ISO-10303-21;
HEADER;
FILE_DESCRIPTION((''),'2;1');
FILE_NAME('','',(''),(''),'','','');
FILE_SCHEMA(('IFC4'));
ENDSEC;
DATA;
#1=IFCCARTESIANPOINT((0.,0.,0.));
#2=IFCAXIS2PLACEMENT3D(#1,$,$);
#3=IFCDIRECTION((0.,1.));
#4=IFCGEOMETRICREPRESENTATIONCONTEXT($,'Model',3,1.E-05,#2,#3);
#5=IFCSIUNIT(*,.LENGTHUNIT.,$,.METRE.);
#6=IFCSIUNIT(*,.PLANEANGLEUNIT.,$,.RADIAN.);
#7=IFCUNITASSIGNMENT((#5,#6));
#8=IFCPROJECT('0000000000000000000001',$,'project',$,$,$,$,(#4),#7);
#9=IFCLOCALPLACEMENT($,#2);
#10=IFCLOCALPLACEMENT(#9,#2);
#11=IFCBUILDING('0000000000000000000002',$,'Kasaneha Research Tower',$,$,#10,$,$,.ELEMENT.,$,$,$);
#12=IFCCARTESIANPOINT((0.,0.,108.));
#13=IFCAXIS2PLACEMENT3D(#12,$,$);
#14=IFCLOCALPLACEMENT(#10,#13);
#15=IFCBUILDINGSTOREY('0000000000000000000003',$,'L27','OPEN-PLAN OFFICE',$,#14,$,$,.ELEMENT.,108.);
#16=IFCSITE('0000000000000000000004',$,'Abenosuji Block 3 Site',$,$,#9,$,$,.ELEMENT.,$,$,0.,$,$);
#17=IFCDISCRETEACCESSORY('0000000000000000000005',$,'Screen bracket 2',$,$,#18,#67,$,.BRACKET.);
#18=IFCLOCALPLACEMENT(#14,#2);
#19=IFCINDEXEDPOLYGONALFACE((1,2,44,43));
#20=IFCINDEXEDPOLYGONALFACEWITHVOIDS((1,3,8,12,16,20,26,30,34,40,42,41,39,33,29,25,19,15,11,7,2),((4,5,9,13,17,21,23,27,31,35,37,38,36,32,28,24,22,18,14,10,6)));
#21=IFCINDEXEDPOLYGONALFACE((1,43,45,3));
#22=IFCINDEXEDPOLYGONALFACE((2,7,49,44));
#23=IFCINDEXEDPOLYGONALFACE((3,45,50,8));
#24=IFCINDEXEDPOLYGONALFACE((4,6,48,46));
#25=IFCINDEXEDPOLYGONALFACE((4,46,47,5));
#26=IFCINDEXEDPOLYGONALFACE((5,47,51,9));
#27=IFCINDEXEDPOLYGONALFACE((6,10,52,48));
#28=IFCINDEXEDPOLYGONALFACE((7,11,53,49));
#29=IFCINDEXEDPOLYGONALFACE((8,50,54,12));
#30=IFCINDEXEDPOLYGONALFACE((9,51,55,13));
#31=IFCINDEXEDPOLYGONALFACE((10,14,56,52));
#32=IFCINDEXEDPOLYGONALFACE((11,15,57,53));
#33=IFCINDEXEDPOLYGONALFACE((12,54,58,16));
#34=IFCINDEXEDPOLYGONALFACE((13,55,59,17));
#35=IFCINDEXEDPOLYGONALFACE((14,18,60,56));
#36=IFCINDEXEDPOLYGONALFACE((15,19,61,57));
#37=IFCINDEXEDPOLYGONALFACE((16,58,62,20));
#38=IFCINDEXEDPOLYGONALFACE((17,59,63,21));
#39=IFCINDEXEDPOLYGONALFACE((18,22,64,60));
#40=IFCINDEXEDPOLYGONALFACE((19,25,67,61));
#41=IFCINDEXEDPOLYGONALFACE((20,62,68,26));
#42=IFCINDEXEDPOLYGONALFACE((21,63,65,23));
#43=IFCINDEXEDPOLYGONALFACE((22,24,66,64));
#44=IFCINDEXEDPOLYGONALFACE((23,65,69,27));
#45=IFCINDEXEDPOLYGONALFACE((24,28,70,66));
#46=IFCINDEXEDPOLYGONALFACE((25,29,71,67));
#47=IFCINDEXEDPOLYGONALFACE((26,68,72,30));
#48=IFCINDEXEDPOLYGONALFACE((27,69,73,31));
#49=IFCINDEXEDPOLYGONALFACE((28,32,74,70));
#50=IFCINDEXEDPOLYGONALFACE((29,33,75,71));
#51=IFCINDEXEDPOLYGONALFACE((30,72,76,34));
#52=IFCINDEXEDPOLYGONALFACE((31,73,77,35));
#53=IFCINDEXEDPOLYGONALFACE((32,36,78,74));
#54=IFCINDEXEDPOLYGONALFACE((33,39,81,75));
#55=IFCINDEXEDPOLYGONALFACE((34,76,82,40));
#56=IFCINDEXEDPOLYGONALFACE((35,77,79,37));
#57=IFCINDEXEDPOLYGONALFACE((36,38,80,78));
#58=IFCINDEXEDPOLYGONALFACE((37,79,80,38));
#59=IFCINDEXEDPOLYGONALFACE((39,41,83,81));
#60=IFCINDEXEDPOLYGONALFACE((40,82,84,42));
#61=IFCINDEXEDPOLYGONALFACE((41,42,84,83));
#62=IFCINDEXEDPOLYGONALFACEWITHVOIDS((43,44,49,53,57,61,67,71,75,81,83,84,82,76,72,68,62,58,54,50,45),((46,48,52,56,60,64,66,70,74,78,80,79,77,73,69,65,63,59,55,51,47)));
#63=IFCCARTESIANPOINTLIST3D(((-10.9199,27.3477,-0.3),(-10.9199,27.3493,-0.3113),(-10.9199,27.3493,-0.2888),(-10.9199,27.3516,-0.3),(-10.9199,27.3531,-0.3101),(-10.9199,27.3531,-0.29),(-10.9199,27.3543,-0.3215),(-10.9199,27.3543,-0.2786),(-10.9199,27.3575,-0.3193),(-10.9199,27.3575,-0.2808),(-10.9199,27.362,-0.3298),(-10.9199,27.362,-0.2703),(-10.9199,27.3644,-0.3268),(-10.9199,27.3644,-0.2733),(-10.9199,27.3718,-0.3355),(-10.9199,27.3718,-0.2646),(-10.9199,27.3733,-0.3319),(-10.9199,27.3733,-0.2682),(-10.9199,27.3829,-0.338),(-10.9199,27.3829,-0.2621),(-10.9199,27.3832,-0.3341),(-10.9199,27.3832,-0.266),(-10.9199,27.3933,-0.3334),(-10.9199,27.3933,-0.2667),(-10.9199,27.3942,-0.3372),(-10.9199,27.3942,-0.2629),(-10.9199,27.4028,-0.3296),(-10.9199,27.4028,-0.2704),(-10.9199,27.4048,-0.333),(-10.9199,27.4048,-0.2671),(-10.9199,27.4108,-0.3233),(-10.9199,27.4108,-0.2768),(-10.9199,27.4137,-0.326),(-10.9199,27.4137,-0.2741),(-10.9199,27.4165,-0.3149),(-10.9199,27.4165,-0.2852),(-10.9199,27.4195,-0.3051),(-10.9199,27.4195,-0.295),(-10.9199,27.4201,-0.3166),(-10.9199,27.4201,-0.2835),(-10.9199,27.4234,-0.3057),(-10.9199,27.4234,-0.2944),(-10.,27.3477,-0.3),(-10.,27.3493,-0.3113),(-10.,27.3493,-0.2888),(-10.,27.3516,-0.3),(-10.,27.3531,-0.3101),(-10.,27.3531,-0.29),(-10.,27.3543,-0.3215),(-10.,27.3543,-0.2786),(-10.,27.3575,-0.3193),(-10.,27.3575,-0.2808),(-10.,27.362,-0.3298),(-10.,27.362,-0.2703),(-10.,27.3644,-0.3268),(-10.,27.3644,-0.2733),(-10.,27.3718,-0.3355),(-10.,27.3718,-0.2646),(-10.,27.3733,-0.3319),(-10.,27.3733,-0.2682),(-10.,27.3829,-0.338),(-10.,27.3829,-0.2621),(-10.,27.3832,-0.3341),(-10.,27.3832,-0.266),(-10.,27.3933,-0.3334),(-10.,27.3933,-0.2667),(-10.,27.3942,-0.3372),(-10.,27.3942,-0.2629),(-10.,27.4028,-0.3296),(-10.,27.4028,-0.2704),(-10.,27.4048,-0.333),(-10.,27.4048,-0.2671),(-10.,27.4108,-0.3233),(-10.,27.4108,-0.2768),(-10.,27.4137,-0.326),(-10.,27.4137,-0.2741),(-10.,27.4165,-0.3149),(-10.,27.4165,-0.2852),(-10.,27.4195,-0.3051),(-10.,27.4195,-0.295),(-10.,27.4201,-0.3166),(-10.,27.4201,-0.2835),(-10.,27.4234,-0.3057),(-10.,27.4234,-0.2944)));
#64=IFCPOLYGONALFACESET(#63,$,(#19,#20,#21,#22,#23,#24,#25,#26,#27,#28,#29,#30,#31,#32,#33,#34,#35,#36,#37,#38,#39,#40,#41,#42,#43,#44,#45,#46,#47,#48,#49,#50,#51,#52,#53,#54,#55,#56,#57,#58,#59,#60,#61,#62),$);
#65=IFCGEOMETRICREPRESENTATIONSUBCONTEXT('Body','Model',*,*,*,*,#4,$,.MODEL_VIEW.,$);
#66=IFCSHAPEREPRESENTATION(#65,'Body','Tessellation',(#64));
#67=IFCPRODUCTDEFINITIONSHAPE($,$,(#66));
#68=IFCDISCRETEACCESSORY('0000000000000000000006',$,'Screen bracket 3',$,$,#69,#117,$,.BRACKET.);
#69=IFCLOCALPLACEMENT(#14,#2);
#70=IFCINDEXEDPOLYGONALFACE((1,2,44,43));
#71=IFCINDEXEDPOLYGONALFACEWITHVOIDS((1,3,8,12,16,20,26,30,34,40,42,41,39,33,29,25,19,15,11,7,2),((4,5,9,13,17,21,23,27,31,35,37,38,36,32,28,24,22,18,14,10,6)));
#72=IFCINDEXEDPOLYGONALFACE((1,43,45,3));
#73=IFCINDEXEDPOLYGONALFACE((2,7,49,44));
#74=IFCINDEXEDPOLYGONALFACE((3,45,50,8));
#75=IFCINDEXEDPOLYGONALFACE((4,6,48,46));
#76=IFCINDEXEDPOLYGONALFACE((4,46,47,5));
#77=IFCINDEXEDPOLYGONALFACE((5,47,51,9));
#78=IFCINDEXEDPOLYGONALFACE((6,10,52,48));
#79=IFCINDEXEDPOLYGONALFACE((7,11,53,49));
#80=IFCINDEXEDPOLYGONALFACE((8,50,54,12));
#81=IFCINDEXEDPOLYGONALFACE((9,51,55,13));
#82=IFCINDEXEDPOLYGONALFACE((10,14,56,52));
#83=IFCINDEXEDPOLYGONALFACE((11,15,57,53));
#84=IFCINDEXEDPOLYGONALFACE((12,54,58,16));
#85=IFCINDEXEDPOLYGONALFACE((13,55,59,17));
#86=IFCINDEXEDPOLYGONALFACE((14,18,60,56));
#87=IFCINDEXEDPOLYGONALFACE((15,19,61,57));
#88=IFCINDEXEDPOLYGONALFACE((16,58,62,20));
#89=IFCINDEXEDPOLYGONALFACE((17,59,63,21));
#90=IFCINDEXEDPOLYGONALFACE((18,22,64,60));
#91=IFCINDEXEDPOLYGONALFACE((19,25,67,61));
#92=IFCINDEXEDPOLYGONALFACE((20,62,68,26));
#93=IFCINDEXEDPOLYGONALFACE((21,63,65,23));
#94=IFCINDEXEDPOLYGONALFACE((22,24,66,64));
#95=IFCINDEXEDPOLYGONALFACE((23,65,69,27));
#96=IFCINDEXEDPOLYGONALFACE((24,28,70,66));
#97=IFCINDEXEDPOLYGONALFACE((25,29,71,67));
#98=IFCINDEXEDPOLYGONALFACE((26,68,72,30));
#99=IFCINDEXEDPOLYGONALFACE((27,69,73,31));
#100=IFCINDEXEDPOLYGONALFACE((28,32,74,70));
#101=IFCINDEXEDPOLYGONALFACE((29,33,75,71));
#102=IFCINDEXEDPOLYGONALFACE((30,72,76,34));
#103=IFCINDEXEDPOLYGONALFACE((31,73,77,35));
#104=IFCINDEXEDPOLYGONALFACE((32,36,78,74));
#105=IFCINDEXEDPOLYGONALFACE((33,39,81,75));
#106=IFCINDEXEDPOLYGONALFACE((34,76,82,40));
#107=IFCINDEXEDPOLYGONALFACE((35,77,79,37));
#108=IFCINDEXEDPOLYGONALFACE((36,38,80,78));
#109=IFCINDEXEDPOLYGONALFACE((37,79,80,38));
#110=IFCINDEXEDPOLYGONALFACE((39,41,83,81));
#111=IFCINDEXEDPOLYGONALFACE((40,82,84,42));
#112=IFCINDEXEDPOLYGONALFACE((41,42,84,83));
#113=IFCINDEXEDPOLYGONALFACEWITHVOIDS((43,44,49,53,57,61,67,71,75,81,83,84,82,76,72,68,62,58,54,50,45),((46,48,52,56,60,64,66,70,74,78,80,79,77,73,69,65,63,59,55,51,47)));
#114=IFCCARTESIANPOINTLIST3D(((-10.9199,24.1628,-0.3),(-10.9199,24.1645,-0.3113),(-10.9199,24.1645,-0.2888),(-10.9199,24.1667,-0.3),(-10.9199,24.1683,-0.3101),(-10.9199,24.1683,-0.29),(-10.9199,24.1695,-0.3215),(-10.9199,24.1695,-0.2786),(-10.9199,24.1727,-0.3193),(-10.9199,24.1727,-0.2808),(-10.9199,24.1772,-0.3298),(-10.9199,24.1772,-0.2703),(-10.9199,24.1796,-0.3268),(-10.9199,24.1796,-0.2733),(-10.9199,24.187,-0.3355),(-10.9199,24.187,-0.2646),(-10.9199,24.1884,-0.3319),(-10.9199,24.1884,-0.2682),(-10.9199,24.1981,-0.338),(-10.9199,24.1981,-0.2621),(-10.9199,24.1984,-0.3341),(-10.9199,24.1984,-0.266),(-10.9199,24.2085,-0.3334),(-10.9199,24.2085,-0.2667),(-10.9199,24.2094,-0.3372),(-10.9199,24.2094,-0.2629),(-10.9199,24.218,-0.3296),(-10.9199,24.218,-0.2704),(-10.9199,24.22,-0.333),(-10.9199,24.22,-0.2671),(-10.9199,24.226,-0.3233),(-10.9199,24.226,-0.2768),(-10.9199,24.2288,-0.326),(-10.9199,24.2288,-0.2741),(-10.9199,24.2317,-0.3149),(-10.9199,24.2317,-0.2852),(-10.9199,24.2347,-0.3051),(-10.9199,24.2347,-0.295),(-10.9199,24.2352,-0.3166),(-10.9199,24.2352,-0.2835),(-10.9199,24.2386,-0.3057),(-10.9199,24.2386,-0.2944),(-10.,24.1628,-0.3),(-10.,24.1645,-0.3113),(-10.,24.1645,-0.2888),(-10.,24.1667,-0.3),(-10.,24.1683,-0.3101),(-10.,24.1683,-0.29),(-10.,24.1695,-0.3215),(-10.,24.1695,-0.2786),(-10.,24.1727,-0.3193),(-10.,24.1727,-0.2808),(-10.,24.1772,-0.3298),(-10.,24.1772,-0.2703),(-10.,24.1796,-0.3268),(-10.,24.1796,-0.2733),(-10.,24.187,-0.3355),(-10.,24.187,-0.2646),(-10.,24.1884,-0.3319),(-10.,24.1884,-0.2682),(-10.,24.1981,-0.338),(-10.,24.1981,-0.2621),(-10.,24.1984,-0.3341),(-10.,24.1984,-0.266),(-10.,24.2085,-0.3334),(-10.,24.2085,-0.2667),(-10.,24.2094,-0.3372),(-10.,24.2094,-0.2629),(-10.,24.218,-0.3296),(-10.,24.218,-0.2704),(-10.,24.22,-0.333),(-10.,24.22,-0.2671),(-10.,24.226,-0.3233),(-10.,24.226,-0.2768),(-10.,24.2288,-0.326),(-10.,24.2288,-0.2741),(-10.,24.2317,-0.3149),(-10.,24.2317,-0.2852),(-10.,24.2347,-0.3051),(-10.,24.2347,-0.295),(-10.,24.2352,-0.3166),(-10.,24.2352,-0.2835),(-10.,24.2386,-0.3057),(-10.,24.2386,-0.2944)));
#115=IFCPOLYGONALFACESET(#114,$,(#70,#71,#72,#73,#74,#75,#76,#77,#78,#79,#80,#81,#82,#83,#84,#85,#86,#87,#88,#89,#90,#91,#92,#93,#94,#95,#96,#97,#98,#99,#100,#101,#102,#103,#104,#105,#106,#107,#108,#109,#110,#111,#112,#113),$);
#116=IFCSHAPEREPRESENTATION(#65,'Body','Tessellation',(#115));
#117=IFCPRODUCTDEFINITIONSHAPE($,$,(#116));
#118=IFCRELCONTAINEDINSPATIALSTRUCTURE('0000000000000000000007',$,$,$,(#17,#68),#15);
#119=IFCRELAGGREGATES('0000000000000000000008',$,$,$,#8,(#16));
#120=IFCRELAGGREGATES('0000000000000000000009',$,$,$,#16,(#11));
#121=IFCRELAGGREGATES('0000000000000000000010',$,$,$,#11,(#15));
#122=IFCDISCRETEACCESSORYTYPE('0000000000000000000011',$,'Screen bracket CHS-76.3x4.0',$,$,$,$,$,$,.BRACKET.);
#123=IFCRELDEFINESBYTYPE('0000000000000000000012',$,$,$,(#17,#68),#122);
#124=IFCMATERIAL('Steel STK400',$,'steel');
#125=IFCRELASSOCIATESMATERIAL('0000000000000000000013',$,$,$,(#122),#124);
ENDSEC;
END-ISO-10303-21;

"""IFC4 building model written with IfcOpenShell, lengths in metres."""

from ifc_helpers import new_model, si_unit, direction, frame, origin, origin_2d, place, context, subcontext, project, spatial, hollow_circle, extrude, material, material_profile, profile_set, type_object, element, save


model = new_model("IFC4")

# Units and contexts
model_context = context("Model", 3, precision=1e-05, world=origin(), true_north=direction((0.0, 1.0)))
body_context = subcontext(model_context, "Body", "Model", "MODEL_VIEW")
ifc_project = project(units=[si_unit("LENGTHUNIT", "METRE"), si_unit("PLANEANGLEUNIT", "RADIAN")], contexts=[model_context])

# Site, building, storey
site_placement = place(None, origin())
site = spatial("IfcSite", under=ifc_project, at=site_placement, Name="Abenosuji Block 3 Site", CompositionType="ELEMENT", RefElevation=0.0)
building_placement = place(site_placement, origin())
building = spatial("IfcBuilding", under=site, at=building_placement, Name="Kasaneha Research Tower", CompositionType="ELEMENT")
storey_placement = place(building_placement, frame((0.0, 0.0, 108.0)))
storey = spatial("IfcBuildingStorey", under=building, at=storey_placement, Name="L27", Description="OPEN-PLAN OFFICE", CompositionType="ELEMENT", Elevation=108.0)

# Discrete accessories
ifc_material_1 = material(Name="Steel STK400", Category="steel")
ifc_material_profile_1 = material_profile(ifc_material_1, hollow_circle(Radius=0.0381, WallThickness=0.0039, at=origin_2d()), Name="CHS-76.3x4.0")
ifc_profile_set_1 = profile_set([ifc_material_profile_1], Name="Steel STK400")
discrete_accessory_type = type_object("IfcDiscreteAccessoryType", Name="Screen bracket CHS-76.3x4.0", PredefinedType="BRACKET", material=ifc_profile_set_1)
for number, where, z_axis, x_axis, name in (
    (1, (-10.0, 27.3857, -0.3), (-1.0, 0.0, 0.0), (0.0, -1.0, 0.0), "Screen bracket 2"),
    (2, (-10.0, 24.2009, -0.3), (-1.0, 0.0, 0.0), (0.0, -1.0, 0.0), "Screen bracket 3"),
):
    element("IfcDiscreteAccessory", number, at=place(storey_placement, frame(where, z_axis=z_axis, x_axis=x_axis)), inside=storey, type_object=discrete_accessory_type, Name=name, PredefinedType="BRACKET", context=body_context, shape_type="SweptSolid", body=[
        extrude(hollow_circle(Radius=0.0381, WallThickness=0.0039, at=origin_2d()), origin(), (0.0, 0.0, 1.0), 0.9199),
    ])

save(model, "model.ifc")
